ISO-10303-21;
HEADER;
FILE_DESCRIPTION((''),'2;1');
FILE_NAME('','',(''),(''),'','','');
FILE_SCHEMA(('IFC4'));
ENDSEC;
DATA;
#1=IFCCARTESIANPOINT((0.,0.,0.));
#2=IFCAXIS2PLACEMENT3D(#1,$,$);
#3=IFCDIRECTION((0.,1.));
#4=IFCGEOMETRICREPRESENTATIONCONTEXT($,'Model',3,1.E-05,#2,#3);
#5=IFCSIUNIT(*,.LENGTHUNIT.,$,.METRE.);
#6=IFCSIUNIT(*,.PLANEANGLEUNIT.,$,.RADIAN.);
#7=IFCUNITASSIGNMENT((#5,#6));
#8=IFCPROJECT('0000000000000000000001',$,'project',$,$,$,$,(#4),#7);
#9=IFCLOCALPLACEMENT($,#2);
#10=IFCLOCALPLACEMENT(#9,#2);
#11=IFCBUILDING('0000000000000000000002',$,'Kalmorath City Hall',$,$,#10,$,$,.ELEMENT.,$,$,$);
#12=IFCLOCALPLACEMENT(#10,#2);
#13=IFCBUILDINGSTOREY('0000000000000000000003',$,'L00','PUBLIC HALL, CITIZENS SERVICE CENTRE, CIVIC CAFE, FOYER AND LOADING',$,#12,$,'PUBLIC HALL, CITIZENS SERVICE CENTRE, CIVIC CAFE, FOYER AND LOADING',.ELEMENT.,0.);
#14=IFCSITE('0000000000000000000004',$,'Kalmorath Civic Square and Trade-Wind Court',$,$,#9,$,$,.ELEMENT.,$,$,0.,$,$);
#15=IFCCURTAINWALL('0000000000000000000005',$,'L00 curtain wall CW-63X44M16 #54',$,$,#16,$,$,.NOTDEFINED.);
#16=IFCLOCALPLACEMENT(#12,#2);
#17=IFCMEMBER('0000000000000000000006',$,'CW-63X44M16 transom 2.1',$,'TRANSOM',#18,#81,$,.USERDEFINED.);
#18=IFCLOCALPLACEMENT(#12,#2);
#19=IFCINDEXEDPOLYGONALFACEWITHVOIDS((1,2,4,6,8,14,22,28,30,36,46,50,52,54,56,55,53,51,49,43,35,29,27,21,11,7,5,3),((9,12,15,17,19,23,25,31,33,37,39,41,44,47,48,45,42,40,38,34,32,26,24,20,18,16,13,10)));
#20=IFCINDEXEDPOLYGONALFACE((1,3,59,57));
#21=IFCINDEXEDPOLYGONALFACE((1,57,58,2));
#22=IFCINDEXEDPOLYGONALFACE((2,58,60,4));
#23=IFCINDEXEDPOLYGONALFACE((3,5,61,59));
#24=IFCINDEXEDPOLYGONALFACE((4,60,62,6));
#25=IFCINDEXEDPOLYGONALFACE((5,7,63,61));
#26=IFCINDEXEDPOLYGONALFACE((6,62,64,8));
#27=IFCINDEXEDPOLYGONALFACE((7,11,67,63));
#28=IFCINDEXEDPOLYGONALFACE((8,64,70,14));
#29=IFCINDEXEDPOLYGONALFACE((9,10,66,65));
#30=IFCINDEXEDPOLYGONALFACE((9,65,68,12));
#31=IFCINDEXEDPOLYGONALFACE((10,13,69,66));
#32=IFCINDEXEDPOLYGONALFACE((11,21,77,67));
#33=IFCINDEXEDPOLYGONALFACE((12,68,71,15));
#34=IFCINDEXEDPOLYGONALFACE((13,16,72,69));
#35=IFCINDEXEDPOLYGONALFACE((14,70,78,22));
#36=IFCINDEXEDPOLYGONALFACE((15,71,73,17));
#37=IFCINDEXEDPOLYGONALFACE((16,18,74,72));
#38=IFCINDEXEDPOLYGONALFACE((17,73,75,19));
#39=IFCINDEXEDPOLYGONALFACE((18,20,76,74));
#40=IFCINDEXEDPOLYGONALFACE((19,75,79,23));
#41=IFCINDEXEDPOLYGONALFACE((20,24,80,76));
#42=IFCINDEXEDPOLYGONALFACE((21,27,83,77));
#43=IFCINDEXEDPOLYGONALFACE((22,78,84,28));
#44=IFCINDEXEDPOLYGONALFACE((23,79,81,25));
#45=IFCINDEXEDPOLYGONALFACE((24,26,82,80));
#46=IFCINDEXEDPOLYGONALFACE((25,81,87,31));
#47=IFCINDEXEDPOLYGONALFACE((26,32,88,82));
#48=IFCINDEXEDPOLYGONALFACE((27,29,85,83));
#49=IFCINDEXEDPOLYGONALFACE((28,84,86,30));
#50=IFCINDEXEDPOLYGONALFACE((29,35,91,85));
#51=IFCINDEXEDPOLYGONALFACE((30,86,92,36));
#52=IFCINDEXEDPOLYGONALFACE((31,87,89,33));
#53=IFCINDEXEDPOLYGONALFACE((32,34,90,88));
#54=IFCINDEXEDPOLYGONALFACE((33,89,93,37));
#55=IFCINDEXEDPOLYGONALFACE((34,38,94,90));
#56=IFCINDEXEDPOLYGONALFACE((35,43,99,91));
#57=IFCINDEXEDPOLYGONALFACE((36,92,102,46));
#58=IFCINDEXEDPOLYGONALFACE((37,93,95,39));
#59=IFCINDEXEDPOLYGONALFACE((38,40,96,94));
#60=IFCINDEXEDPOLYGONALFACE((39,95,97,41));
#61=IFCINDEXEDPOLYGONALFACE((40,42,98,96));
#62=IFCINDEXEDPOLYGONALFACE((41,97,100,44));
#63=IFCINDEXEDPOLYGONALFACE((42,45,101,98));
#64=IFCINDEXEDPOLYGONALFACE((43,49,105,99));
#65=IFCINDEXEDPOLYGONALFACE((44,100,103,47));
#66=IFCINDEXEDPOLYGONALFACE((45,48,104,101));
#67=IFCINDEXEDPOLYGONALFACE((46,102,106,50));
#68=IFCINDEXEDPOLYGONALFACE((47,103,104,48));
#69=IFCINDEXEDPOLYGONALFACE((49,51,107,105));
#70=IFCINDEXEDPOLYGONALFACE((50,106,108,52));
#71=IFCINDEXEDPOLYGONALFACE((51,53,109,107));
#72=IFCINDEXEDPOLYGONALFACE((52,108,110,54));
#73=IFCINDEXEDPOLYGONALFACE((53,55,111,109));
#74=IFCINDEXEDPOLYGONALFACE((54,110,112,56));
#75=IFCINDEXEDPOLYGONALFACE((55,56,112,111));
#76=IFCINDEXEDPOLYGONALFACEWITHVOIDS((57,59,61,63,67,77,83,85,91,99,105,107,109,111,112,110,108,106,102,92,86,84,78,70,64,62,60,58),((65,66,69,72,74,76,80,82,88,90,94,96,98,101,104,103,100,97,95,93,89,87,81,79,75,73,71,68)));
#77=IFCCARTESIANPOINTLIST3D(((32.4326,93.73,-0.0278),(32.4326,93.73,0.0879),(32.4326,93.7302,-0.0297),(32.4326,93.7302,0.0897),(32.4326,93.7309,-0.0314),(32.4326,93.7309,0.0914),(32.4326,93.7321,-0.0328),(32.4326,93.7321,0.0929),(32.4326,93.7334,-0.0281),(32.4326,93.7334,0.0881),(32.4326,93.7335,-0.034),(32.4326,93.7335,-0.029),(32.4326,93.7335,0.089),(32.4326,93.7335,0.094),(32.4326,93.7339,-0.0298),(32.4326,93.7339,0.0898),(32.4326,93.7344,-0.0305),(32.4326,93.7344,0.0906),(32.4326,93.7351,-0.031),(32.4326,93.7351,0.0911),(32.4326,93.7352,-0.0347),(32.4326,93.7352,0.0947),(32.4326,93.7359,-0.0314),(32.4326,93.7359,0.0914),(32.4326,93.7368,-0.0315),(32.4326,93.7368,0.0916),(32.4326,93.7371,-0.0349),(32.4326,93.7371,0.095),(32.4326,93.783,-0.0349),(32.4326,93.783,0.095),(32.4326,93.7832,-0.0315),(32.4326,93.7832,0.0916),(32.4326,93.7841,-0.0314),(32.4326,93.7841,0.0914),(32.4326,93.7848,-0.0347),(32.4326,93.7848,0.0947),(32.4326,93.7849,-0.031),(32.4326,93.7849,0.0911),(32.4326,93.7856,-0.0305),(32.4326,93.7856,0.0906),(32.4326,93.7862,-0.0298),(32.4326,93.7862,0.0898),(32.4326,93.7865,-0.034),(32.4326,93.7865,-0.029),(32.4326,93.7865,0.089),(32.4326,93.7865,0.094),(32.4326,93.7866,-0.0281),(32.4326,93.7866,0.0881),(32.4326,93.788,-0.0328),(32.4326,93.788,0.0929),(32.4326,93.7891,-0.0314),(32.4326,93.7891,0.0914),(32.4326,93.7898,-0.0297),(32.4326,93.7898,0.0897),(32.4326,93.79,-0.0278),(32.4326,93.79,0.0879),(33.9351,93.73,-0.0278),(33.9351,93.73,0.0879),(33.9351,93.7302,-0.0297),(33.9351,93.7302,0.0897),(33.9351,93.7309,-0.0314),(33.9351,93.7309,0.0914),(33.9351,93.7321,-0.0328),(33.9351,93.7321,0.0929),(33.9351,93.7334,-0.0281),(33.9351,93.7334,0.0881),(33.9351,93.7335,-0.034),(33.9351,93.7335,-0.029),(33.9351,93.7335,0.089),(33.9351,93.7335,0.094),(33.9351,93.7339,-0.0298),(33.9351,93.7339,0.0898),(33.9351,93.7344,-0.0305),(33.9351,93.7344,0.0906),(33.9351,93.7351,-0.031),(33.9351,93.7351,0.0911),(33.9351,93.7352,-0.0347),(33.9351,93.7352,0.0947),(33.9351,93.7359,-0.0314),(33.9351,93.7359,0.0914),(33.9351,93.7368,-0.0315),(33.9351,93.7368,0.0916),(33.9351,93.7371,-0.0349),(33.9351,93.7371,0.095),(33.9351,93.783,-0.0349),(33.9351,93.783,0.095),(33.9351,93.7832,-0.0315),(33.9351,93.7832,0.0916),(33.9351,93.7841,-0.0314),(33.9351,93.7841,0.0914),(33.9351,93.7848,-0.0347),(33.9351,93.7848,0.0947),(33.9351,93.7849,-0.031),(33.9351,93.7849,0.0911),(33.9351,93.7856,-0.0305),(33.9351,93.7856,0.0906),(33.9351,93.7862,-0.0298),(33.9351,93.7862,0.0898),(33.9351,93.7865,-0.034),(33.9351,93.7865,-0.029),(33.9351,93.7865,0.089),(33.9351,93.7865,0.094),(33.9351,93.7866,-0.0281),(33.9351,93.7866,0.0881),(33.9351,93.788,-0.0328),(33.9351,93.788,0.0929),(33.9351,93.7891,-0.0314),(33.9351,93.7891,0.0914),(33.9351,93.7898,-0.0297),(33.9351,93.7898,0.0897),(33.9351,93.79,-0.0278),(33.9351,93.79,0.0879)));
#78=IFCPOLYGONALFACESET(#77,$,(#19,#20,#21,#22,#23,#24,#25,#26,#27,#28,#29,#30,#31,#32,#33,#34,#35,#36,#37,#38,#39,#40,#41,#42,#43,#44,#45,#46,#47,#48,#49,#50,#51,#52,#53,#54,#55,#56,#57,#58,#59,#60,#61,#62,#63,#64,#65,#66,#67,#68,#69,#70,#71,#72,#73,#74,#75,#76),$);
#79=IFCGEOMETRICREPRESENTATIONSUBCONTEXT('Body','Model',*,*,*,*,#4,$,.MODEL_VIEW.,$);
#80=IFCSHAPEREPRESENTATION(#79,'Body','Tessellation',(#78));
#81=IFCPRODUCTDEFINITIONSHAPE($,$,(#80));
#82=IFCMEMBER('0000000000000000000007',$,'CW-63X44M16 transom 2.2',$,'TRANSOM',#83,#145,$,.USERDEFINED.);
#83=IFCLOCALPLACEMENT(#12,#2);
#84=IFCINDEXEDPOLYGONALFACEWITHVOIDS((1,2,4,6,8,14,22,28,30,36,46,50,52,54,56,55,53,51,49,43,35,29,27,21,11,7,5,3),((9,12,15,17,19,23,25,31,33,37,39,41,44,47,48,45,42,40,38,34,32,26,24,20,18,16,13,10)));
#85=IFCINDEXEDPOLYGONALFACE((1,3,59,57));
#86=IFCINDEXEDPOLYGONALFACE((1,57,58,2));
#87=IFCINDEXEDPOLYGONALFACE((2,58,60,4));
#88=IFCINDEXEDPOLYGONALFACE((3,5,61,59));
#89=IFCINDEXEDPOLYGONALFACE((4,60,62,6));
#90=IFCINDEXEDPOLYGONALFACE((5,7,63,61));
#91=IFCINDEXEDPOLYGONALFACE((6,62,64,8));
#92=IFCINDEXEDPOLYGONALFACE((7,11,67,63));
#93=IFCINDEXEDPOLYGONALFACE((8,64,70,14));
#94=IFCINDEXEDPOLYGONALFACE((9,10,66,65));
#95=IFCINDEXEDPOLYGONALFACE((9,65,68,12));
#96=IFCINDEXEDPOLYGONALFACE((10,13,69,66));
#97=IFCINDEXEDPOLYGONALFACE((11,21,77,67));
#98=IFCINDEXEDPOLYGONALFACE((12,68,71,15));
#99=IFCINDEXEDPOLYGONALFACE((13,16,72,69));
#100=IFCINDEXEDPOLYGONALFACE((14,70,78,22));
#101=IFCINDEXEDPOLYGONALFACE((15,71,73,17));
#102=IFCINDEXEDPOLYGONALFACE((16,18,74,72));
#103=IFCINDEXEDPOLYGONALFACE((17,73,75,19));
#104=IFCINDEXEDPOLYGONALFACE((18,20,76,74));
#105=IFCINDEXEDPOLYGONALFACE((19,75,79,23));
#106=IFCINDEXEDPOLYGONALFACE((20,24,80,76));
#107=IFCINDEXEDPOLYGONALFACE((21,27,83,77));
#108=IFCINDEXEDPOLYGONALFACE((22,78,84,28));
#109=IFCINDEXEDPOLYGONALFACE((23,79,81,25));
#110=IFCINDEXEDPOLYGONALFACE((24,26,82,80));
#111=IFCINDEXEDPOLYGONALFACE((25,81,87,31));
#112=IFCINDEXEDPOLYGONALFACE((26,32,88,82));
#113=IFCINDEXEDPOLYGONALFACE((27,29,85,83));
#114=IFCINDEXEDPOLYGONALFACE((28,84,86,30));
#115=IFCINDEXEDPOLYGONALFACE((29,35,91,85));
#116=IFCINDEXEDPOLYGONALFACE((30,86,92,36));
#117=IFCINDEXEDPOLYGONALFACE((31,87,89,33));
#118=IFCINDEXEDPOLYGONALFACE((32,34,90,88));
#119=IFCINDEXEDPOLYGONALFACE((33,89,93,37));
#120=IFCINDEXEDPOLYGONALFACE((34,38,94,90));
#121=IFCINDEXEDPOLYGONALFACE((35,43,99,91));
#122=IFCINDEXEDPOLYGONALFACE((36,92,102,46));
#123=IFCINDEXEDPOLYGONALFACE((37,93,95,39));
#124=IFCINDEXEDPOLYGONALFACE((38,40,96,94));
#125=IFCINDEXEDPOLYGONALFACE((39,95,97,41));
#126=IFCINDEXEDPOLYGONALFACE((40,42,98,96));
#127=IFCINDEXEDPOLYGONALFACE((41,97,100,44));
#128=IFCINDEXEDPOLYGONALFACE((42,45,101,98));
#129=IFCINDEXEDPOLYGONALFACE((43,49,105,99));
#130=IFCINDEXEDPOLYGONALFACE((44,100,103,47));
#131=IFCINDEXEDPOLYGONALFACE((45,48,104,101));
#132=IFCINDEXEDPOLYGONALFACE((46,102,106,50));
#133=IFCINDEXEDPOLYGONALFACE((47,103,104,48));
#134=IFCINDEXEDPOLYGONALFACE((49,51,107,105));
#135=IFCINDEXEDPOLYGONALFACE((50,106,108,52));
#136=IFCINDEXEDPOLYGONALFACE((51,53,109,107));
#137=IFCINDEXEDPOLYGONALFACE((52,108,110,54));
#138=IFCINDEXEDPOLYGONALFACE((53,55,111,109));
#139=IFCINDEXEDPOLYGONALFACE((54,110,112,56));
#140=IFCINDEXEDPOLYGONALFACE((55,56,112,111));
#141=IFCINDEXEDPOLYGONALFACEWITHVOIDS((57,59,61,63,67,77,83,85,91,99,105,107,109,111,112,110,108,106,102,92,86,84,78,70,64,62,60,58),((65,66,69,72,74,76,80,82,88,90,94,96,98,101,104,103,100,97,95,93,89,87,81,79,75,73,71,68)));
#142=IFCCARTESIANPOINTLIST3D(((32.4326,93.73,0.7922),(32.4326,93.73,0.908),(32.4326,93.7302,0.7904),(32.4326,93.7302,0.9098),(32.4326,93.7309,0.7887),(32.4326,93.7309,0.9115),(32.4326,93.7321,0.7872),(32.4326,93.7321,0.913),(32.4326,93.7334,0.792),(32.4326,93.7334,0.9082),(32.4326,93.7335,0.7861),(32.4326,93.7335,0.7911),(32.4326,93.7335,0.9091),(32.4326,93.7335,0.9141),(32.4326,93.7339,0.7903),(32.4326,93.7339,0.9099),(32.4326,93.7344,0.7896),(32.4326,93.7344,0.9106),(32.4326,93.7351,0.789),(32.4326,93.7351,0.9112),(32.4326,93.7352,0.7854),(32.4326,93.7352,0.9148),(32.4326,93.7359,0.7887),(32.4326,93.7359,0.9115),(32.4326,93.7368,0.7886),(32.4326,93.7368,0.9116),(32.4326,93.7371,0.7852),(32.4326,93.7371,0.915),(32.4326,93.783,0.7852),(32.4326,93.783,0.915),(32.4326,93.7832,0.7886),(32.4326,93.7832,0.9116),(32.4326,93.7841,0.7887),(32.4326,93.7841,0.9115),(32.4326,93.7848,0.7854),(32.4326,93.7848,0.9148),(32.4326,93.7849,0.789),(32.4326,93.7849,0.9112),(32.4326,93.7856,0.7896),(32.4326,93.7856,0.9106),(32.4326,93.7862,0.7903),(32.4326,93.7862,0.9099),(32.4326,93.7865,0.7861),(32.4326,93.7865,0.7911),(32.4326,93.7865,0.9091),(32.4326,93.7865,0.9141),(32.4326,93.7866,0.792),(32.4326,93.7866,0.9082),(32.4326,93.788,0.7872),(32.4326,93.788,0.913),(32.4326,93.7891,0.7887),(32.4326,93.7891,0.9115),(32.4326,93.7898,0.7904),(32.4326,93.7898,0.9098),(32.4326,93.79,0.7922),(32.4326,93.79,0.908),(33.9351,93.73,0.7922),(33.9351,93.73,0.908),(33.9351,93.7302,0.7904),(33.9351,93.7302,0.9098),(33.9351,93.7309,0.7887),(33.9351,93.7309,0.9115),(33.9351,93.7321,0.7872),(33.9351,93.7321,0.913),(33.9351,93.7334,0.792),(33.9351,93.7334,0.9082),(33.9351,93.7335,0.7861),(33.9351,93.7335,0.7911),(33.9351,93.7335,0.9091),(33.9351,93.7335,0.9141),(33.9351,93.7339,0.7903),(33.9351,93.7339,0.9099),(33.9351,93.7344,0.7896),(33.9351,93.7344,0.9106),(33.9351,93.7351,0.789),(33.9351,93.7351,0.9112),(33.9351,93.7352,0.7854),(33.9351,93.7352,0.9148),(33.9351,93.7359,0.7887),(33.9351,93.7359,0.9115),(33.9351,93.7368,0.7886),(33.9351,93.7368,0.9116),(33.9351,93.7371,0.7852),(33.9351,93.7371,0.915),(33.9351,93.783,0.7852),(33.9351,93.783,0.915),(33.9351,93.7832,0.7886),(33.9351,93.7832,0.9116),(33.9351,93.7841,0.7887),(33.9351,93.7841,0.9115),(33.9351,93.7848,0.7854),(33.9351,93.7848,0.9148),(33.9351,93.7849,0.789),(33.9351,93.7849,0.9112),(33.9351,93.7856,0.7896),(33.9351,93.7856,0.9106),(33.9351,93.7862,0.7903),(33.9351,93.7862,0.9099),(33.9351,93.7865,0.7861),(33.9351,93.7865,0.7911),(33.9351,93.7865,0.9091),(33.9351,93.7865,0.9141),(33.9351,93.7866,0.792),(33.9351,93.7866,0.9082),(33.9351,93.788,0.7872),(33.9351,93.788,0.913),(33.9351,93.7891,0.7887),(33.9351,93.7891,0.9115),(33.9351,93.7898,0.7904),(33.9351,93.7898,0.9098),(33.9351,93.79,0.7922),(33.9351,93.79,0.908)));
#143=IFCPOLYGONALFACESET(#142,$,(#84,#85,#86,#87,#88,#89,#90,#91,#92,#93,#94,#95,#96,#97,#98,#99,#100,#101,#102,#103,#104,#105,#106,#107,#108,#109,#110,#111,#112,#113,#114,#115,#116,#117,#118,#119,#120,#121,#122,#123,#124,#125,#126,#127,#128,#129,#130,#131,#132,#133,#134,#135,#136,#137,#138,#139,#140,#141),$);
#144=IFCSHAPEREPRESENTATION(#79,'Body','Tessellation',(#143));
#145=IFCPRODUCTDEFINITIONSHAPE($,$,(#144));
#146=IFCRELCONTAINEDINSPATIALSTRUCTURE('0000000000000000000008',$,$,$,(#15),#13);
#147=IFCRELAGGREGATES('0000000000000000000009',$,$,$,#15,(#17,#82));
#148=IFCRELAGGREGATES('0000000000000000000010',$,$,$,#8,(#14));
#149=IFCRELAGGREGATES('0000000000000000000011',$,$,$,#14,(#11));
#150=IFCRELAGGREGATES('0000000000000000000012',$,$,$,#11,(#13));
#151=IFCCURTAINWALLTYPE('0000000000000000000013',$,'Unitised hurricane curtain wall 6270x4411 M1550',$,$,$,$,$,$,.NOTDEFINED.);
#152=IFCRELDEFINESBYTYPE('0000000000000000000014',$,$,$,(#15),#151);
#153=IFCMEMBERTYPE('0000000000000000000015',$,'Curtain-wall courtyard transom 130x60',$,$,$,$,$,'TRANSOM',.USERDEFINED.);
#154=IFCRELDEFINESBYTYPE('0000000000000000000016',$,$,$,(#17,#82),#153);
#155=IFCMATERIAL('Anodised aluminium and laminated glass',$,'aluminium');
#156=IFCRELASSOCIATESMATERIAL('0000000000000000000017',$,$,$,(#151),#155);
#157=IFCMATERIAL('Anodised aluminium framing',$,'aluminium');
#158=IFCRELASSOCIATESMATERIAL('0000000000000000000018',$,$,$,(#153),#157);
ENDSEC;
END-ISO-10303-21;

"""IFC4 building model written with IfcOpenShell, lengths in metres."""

from ifc_helpers import new_model, si_unit, direction, frame, origin, origin_2d, place, context, subcontext, project, spatial, hollow_rectangle, extrude, material, material_profile, profile_set, type_object, element, aggregate, save


model = new_model("IFC4")

# Units and contexts
model_context = context("Model", 3, precision=1e-05, world=origin(), true_north=direction((0.0, 1.0)))
body_context = subcontext(model_context, "Body", "Model", "MODEL_VIEW")
ifc_project = project(units=[si_unit("LENGTHUNIT", "METRE"), si_unit("PLANEANGLEUNIT", "RADIAN")], contexts=[model_context])

# Site, building, storey
site_placement = place(None, origin())
site = spatial("IfcSite", under=ifc_project, at=site_placement, Name="Kalmorath Civic Square and Trade-Wind Court", CompositionType="ELEMENT", RefElevation=0.0)
building_placement = place(site_placement, origin())
building = spatial("IfcBuilding", under=site, at=building_placement, Name="Kalmorath City Hall", CompositionType="ELEMENT")
storey_placement = place(building_placement, origin())
storey = spatial("IfcBuildingStorey", under=building, at=storey_placement, Name="L00", Description="PUBLIC HALL, CITIZENS SERVICE CENTRE, CIVIC CAFE, FOYER AND LOADING", LongName="PUBLIC HALL, CITIZENS SERVICE CENTRE, CIVIC CAFE, FOYER AND LOADING", CompositionType="ELEMENT", Elevation=0.0)

# Shared definitions
ifc_material_1 = material(Name="Anodised aluminium and laminated glass", Category="aluminium")
curtain_wall_type = type_object("IfcCurtainWallType", Name="Unitised hurricane curtain wall 6270x4411 M1550", PredefinedType="NOTDEFINED", material=ifc_material_1)

# Curtain wall, members
curtain_wall_1_placement = place(storey_placement, origin())
curtain_wall_1 = element("IfcCurtainWall", 1, at=curtain_wall_1_placement, inside=storey, type_object=curtain_wall_type, Name="L00 curtain wall CW-63X44M16 #54", PredefinedType="NOTDEFINED")
ifc_material_2 = material(Name="Anodised aluminium framing", Category="aluminium")
ifc_material_profile_1 = material_profile(ifc_material_2, hollow_rectangle(XDim=0.0601, YDim=0.1299, WallThickness=0.0034, InnerFilletRadius=0.0034, OuterFilletRadius=0.0071, at=origin_2d()), Name="ALU-TRN-130X60X3.5")
ifc_profile_set_1 = profile_set([ifc_material_profile_1], Name="Anodised aluminium framing")
member_type_1 = type_object("IfcMemberType", Name="Curtain-wall courtyard transom 130x60", ElementType="TRANSOM", PredefinedType="USERDEFINED", material=ifc_profile_set_1)
member_1_placement = place(storey_placement, frame((33.9351, 93.76, 0.03), z_axis=(-1.0, 0.0, 0.0), x_axis=(0.0, -1.0, 0.0)))
member_1 = element("IfcMember", 2, at=member_1_placement, type_object=member_type_1, Name="CW-63X44M16 transom 2.1", ObjectType="TRANSOM", PredefinedType="USERDEFINED", context=body_context, shape_type="SweptSolid", body=[
    extrude(hollow_rectangle(XDim=0.0601, YDim=0.1299, WallThickness=0.0034, InnerFilletRadius=0.0034, OuterFilletRadius=0.0071, at=origin_2d()), origin(), (0.0, 0.0, 1.0), 1.5024),
])
member_2_placement = place(storey_placement, frame((33.9351, 93.76, 0.8501), z_axis=(-1.0, 0.0, 0.0), x_axis=(0.0, -1.0, 0.0)))
member_2 = element("IfcMember", 3, at=member_2_placement, type_object=member_type_1, Name="CW-63X44M16 transom 2.2", ObjectType="TRANSOM", PredefinedType="USERDEFINED", context=body_context, shape_type="SweptSolid", body=[
    extrude(hollow_rectangle(XDim=0.0601, YDim=0.1299, WallThickness=0.0034, InnerFilletRadius=0.0034, OuterFilletRadius=0.0071, at=origin_2d()), origin(), (0.0, 0.0, 1.0), 1.5024),
])

aggregate(curtain_wall_1, [member_1, member_2])

save(model, "model.ifc")
